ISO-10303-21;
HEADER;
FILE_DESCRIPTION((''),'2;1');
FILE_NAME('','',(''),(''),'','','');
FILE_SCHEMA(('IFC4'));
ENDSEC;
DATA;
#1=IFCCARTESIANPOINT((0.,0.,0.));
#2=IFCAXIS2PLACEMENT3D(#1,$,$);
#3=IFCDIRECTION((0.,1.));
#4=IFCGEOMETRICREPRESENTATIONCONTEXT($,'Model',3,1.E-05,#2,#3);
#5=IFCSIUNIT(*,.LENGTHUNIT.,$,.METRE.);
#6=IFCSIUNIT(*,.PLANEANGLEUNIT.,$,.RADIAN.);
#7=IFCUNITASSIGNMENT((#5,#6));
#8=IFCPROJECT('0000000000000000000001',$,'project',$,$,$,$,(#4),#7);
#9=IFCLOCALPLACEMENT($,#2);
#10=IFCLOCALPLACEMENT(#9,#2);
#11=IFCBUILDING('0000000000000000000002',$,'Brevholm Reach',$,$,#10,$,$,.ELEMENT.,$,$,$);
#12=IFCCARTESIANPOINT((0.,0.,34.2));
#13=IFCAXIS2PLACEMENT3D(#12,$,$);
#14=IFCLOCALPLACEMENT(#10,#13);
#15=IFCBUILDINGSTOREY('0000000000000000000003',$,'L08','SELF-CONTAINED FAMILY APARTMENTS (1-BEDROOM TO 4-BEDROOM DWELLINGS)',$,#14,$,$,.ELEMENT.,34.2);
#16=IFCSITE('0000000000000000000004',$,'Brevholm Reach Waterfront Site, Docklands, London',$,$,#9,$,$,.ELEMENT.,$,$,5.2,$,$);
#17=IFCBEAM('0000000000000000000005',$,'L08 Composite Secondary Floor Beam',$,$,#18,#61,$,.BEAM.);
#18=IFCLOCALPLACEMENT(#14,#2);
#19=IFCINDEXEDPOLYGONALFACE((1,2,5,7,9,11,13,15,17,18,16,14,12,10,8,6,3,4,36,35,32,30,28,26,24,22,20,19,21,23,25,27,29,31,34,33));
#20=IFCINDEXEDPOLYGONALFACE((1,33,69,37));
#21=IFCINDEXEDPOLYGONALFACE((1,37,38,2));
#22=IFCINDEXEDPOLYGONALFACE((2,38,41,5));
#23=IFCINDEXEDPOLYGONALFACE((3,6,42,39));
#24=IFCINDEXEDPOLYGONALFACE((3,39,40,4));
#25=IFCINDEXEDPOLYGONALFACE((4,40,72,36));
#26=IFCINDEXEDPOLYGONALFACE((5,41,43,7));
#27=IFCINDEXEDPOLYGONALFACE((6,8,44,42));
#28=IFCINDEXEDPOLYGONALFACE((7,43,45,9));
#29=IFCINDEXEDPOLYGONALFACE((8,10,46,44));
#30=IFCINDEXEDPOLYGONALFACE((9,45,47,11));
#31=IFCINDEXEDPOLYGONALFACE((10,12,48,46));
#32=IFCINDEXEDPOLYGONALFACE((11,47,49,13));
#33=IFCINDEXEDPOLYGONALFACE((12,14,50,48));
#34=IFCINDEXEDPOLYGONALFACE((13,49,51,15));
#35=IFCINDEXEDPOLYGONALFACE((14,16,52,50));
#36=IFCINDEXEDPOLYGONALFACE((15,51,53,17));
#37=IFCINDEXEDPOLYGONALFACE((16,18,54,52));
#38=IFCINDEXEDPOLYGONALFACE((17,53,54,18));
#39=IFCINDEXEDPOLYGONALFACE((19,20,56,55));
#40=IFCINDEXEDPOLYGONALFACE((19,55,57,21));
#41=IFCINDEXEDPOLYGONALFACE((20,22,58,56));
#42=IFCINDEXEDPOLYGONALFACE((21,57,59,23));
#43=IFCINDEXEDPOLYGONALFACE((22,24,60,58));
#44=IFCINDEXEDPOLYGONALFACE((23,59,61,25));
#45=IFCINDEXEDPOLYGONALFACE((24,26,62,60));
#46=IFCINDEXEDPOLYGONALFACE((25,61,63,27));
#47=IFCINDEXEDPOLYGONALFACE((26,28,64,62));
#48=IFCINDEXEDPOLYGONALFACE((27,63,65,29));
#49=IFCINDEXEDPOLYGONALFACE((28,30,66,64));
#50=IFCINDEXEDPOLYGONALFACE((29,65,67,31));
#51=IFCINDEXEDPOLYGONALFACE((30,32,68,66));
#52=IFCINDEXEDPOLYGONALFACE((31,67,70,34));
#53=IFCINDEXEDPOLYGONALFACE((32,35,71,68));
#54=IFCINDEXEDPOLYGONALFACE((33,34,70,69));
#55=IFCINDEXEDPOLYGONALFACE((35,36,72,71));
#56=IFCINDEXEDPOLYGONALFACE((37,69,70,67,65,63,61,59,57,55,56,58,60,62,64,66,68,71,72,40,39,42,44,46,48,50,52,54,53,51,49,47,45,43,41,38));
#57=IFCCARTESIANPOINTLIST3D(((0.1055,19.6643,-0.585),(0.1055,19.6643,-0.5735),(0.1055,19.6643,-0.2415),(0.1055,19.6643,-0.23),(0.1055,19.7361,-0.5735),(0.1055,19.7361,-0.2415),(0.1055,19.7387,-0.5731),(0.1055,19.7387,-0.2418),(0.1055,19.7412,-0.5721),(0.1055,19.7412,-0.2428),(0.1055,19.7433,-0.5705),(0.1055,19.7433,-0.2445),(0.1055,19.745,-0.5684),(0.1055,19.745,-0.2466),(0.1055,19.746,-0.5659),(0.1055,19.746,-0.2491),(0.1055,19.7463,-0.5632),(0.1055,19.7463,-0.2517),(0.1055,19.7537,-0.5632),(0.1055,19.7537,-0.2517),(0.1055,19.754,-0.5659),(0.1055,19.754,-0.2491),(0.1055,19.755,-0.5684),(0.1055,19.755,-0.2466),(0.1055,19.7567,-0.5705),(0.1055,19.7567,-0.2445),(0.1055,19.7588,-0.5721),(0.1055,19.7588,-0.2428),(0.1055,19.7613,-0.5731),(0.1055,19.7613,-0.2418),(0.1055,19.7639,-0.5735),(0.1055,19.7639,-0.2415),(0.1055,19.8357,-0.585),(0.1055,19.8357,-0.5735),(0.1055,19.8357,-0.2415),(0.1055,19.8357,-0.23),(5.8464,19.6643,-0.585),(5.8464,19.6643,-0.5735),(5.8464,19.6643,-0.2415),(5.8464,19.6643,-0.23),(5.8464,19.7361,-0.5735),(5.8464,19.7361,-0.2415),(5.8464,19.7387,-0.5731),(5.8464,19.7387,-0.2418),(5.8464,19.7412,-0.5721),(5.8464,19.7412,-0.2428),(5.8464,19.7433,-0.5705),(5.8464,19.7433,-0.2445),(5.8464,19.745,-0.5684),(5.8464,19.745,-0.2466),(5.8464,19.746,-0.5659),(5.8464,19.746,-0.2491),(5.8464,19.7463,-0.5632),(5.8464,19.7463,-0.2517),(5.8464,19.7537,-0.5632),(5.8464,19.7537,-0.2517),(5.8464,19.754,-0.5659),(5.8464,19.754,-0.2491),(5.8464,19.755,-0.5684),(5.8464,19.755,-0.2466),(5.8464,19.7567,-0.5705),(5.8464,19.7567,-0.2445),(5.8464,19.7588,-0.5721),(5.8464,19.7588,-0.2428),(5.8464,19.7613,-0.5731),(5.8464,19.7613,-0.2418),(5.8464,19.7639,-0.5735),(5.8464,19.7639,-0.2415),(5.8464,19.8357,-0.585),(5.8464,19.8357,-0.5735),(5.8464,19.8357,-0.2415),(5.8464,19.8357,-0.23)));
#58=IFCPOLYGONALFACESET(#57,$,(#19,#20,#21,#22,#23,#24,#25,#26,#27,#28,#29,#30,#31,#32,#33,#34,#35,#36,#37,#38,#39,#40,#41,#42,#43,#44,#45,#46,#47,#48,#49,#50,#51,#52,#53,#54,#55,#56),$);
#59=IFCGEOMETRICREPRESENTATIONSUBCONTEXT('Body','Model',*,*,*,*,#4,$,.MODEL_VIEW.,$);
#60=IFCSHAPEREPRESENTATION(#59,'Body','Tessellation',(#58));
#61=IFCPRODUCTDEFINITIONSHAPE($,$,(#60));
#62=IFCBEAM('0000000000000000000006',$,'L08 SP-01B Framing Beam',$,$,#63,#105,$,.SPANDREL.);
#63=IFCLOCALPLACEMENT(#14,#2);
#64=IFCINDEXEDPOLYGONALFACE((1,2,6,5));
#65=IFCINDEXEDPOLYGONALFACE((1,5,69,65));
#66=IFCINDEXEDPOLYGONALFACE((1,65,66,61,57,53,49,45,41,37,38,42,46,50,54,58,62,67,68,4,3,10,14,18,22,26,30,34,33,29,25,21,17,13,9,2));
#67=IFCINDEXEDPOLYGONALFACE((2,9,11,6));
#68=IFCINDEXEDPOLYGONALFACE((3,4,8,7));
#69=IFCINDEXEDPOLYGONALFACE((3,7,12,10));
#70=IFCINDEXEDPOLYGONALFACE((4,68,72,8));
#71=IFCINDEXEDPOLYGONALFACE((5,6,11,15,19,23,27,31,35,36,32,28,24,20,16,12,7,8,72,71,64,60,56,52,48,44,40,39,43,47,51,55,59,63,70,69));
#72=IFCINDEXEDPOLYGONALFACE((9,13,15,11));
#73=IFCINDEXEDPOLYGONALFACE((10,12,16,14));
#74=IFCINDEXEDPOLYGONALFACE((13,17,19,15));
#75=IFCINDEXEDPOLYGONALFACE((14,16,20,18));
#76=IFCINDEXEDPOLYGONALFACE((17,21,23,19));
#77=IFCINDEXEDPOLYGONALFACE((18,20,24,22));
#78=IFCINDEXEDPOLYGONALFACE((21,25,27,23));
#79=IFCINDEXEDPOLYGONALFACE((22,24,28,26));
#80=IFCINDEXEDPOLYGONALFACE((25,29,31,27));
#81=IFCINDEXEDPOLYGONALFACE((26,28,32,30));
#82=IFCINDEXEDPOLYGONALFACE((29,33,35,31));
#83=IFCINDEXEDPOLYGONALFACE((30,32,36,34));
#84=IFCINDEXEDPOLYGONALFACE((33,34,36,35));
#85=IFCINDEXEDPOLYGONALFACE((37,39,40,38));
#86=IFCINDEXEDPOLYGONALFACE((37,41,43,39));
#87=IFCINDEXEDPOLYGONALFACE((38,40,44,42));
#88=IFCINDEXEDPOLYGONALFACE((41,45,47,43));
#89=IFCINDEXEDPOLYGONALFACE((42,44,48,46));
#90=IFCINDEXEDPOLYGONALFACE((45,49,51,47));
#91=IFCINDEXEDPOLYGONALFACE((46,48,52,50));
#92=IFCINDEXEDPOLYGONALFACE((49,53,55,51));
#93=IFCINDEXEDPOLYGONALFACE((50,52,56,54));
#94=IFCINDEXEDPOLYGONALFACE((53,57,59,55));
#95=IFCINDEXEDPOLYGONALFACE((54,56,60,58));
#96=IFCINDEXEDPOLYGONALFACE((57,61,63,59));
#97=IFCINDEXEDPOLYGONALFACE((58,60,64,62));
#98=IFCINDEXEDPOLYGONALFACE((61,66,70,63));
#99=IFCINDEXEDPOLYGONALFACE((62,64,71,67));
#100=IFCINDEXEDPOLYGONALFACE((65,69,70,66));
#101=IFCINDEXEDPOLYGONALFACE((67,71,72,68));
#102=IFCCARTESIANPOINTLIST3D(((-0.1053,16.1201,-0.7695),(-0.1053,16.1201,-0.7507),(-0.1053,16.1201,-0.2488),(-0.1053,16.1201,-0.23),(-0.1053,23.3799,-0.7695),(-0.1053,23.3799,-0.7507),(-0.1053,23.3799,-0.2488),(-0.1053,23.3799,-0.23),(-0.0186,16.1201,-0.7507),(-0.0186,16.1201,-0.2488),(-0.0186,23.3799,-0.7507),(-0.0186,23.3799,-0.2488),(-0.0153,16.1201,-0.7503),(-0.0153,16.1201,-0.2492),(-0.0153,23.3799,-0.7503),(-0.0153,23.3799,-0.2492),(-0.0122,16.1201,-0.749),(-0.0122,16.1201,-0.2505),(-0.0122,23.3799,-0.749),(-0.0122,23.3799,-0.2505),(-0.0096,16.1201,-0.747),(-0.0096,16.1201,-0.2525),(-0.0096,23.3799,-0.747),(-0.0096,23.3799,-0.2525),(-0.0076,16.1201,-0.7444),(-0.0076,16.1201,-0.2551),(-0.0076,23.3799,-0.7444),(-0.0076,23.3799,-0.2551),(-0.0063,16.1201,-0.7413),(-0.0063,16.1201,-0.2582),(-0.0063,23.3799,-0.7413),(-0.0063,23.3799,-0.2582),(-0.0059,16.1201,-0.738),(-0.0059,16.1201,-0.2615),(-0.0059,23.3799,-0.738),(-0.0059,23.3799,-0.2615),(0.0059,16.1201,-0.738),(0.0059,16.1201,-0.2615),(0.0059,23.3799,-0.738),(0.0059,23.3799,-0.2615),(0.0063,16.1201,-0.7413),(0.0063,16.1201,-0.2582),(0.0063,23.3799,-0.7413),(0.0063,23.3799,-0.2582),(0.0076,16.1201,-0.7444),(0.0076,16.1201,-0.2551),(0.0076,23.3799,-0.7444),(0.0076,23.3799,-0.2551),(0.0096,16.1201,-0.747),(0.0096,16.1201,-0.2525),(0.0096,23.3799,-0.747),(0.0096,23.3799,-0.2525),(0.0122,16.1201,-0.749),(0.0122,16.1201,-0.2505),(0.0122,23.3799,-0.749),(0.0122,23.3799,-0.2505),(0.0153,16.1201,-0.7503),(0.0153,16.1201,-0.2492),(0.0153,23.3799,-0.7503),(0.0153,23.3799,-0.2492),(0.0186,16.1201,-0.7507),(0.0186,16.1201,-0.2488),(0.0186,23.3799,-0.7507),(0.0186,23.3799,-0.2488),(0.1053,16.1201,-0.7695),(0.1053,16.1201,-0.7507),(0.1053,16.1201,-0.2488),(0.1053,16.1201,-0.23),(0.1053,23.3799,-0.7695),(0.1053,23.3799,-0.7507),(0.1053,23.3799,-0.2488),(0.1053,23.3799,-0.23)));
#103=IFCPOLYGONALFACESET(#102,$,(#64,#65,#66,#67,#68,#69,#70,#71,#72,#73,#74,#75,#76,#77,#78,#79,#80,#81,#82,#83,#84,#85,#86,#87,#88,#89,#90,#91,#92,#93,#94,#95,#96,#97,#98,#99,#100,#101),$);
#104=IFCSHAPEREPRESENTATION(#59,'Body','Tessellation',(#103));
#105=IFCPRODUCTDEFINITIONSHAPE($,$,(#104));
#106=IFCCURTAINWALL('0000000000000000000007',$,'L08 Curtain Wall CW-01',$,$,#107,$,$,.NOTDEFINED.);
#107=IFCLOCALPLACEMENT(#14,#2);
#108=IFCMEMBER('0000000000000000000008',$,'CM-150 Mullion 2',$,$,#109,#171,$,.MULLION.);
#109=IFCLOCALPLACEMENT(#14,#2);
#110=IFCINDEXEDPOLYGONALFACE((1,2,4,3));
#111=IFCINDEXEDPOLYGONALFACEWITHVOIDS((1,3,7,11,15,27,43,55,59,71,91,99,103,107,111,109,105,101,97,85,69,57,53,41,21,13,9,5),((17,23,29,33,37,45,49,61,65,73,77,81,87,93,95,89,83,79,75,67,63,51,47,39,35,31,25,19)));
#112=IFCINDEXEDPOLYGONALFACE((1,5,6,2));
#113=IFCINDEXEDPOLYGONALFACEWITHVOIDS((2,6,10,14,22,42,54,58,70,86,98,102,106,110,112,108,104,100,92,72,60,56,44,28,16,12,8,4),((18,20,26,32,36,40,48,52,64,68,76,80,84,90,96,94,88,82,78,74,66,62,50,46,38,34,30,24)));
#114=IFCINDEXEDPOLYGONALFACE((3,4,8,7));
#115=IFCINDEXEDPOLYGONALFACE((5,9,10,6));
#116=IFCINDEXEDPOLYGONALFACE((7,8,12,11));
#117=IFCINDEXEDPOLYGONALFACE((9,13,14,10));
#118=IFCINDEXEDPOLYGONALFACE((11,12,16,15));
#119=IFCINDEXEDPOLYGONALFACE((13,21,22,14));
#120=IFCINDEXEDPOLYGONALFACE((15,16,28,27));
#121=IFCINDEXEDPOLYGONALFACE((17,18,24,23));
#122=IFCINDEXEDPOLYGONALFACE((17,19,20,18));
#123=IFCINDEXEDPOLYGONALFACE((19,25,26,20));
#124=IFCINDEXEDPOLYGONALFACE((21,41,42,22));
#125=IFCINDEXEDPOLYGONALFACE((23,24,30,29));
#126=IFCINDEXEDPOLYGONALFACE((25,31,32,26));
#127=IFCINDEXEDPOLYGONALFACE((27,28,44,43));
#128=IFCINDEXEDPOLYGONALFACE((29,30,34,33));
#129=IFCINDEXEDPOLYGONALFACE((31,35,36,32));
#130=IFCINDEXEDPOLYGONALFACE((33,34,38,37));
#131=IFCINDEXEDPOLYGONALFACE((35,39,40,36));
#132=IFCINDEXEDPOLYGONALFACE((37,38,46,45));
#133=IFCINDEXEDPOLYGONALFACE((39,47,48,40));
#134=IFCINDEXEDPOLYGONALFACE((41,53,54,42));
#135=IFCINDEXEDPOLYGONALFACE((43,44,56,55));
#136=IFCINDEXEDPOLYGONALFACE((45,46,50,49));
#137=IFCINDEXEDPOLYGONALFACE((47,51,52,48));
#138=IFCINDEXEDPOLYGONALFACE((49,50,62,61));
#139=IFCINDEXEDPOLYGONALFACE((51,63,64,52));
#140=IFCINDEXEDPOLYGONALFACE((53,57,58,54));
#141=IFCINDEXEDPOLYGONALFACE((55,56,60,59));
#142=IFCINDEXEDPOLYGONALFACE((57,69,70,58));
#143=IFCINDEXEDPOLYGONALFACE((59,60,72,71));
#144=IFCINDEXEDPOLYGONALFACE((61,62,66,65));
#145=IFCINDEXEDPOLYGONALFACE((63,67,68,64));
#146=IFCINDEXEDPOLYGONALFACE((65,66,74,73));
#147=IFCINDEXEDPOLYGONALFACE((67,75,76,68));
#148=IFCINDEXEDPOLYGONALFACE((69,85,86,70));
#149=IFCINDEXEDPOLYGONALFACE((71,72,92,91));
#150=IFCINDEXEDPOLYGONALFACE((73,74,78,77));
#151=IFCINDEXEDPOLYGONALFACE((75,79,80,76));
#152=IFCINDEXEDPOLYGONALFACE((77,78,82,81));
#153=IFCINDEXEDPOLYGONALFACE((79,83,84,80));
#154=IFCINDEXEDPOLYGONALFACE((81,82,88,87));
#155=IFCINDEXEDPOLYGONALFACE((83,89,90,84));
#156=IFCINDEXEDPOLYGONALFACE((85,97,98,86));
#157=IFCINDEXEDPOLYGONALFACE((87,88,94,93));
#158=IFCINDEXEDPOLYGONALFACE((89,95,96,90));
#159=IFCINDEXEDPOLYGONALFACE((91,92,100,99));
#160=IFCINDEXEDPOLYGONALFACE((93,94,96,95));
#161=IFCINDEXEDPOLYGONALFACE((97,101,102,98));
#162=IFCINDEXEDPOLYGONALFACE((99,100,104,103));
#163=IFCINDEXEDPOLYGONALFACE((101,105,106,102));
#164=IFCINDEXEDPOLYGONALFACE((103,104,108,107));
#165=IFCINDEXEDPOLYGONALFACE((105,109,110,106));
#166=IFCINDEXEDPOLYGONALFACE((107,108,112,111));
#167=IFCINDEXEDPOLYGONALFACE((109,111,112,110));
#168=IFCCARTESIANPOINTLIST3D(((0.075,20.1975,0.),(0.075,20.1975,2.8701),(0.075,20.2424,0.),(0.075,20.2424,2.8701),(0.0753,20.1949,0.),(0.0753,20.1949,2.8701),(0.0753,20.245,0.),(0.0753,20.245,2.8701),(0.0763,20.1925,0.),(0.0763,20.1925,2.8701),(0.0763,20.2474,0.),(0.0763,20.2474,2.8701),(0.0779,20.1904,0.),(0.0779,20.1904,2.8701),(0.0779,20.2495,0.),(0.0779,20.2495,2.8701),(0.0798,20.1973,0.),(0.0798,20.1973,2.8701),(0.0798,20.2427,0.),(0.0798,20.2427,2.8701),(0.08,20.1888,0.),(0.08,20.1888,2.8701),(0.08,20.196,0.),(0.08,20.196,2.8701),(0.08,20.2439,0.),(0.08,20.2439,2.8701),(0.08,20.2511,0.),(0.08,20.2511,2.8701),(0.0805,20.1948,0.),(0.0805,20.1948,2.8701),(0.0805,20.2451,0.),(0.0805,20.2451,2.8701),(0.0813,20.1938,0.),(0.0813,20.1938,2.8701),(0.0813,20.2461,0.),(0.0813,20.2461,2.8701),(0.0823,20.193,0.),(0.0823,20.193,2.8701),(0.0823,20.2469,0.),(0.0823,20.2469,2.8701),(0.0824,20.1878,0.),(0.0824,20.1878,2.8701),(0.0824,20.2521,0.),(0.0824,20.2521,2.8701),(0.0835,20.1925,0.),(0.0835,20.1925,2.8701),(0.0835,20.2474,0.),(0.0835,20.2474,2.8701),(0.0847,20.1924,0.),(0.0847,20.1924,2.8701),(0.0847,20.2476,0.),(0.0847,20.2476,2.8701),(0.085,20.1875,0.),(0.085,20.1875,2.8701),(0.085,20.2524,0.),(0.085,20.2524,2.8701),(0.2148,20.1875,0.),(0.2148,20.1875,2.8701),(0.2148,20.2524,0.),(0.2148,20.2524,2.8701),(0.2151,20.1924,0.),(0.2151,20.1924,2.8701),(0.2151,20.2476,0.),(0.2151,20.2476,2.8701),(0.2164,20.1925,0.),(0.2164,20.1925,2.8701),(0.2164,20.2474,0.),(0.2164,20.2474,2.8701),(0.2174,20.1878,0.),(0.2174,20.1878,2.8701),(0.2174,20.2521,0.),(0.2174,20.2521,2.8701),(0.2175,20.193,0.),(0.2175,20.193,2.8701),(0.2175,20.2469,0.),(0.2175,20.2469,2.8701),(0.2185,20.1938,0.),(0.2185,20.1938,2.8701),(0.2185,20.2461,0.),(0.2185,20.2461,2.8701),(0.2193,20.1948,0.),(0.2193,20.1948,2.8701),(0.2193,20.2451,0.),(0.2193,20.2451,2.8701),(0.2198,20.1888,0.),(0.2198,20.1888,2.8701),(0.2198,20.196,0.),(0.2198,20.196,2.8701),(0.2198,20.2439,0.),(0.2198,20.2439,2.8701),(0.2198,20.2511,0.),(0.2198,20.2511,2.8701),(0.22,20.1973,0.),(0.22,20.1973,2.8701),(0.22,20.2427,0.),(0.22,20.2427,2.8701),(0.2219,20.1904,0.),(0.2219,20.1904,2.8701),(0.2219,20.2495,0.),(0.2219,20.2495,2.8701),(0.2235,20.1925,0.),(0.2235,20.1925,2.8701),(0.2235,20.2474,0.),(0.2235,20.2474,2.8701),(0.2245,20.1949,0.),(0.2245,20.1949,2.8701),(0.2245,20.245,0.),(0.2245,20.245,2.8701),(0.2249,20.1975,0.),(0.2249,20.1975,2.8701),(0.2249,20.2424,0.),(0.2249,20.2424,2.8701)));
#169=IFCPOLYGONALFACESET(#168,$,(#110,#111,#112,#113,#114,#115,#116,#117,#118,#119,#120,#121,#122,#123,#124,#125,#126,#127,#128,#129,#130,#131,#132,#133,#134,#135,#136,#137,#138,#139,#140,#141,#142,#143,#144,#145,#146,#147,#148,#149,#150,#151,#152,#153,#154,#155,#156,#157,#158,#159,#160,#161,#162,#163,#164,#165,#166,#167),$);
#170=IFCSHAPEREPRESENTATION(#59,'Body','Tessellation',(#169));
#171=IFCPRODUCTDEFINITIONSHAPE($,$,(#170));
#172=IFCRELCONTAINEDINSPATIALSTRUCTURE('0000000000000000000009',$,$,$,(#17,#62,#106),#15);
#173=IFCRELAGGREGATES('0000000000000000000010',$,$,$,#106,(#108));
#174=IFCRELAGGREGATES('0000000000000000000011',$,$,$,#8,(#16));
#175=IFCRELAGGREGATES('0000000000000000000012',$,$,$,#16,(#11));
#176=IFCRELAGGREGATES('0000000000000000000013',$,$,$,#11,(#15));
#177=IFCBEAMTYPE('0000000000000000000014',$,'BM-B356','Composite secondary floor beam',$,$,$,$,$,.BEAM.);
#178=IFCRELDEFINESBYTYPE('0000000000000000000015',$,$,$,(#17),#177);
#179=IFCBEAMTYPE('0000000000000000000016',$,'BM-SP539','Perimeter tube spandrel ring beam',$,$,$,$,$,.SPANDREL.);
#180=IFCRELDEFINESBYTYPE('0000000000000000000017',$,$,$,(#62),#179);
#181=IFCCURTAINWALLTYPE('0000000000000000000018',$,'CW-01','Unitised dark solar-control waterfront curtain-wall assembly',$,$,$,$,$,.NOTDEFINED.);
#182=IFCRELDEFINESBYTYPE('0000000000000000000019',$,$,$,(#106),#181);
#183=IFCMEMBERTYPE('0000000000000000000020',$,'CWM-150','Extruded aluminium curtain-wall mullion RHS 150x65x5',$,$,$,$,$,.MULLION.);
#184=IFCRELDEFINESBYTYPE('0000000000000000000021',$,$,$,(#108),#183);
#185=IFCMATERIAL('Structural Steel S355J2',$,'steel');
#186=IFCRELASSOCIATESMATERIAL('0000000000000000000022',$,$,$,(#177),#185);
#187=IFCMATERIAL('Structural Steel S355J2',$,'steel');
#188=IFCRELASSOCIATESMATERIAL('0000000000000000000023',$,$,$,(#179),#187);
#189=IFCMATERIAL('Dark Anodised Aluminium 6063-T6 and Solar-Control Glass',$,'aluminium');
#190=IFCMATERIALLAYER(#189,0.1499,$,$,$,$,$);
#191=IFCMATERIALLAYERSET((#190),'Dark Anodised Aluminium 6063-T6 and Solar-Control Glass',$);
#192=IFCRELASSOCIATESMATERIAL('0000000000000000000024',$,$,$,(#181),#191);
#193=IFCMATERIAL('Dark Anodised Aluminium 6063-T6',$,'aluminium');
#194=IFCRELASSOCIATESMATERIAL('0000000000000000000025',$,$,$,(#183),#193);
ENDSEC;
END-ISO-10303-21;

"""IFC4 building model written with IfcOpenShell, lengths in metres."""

from ifc_helpers import new_model, si_unit, direction, frame, origin, origin_2d, place, context, subcontext, project, spatial, hollow_rectangle, i_section, extrude, material, layer, layer_set, material_profile, profile_set, type_object, element, aggregate, save


model = new_model("IFC4")

# Units and contexts
model_context = context("Model", 3, precision=1e-05, world=origin(), true_north=direction((0.0, 1.0)))
body_context = subcontext(model_context, "Body", "Model", "MODEL_VIEW")
ifc_project = project(units=[si_unit("LENGTHUNIT", "METRE"), si_unit("PLANEANGLEUNIT", "RADIAN")], contexts=[model_context])

# Site, building, storey
site_placement = place(None, origin())
site = spatial("IfcSite", under=ifc_project, at=site_placement, Name="Brevholm Reach Waterfront Site, Docklands, London", CompositionType="ELEMENT", RefElevation=5.2)
building_placement = place(site_placement, origin())
building = spatial("IfcBuilding", under=site, at=building_placement, Name="Brevholm Reach", CompositionType="ELEMENT")
storey_placement = place(building_placement, frame((0.0, 0.0, 34.2)))
storey = spatial("IfcBuildingStorey", under=building, at=storey_placement, Name="L08", Description="SELF-CONTAINED FAMILY APARTMENTS (1-BEDROOM TO 4-BEDROOM DWELLINGS)", CompositionType="ELEMENT", Elevation=34.2)

# Beams
ifc_material_1 = material(Name="Structural Steel S355J2", Category="steel")
ifc_material_profile_1 = material_profile(ifc_material_1, i_section(OverallWidth=0.1714, OverallDepth=0.355, WebThickness=0.0073, FlangeThickness=0.0115, FilletRadius=0.0103, at=origin_2d()), Name="UKB 356x171x51")
ifc_profile_set_1 = profile_set([ifc_material_profile_1], Name="Structural Steel S355J2")
beam_type_1 = type_object("IfcBeamType", Name="BM-B356", Description="Composite secondary floor beam", PredefinedType="BEAM", material=ifc_profile_set_1)
beam_1_placement = place(storey_placement, frame((0.1055, 19.75, -0.4075), z_axis=(1.0, 0.0, 0.0), x_axis=(0.0, 1.0, 0.0)))
element("IfcBeam", 1, at=beam_1_placement, inside=storey, type_object=beam_type_1, Name="L08 Composite Secondary Floor Beam", PredefinedType="BEAM", context=body_context, shape_type="SweptSolid", body=[
    extrude(i_section(OverallWidth=0.1714, OverallDepth=0.355, WebThickness=0.0073, FlangeThickness=0.0115, FilletRadius=0.0103, at=origin_2d()), origin(), (0.0, 0.0, 1.0), 5.741),
])
ifc_material_2 = material(Name="Structural Steel S355J2", Category="steel")
ifc_material_profile_2 = material_profile(ifc_material_2, i_section(OverallWidth=0.2107, OverallDepth=0.5396, WebThickness=0.0117, FlangeThickness=0.0188, FilletRadius=0.0127, at=origin_2d()), Name="UKB 533x210x109")
ifc_profile_set_2 = profile_set([ifc_material_profile_2], Name="Structural Steel S355J2")
beam_type_2 = type_object("IfcBeamType", Name="BM-SP539", Description="Perimeter tube spandrel ring beam", PredefinedType="SPANDREL", material=ifc_profile_set_2)
beam_2_placement = place(storey_placement, frame((0.0, 16.1201, -0.4998), z_axis=(0.0, 1.0, 0.0), x_axis=(-1.0, 0.0, 0.0)))
element("IfcBeam", 2, at=beam_2_placement, inside=storey, type_object=beam_type_2, Name="L08 SP-01B Framing Beam", PredefinedType="SPANDREL", context=body_context, shape_type="SweptSolid", body=[
    extrude(i_section(OverallWidth=0.2107, OverallDepth=0.5396, WebThickness=0.0117, FlangeThickness=0.0188, FilletRadius=0.0127, at=origin_2d()), origin(), (0.0, 0.0, 1.0), 7.2598),
])

# Curtain wall, member
ifc_material_3 = material(Name="Dark Anodised Aluminium 6063-T6 and Solar-Control Glass", Category="aluminium")
ifc_layer_1 = layer(ifc_material_3, 0.1499)
ifc_layer_set_1 = layer_set([ifc_layer_1], Name="Dark Anodised Aluminium 6063-T6 and Solar-Control Glass")
curtain_wall_type = type_object("IfcCurtainWallType", Name="CW-01", Description="Unitised dark solar-control waterfront curtain-wall assembly", PredefinedType="NOTDEFINED", material=ifc_layer_set_1)
curtain_wall_placement = place(storey_placement, origin())
curtain_wall = element("IfcCurtainWall", 3, at=curtain_wall_placement, inside=storey, type_object=curtain_wall_type, Name="L08 Curtain Wall CW-01", PredefinedType="NOTDEFINED")
ifc_material_4 = material(Name="Dark Anodised Aluminium 6063-T6", Category="aluminium")
ifc_material_profile_3 = material_profile(ifc_material_4, hollow_rectangle(XDim=0.0649, YDim=0.1499, WallThickness=0.0049, InnerFilletRadius=0.0049, OuterFilletRadius=0.01, at=origin_2d()), Name="RHS 150x65x5")
ifc_profile_set_3 = profile_set([ifc_material_profile_3], Name="Dark Anodised Aluminium 6063-T6")
member_type_1 = type_object("IfcMemberType", Name="CWM-150", Description="Extruded aluminium curtain-wall mullion RHS 150x65x5", PredefinedType="MULLION", material=ifc_profile_set_3)
member_1_placement = place(storey_placement, frame((0.1499, 20.22, 0.0), z_axis=(0.0, 0.0, 1.0), x_axis=(0.0, -1.0, 0.0)))
member_1 = element("IfcMember", 4, at=member_1_placement, type_object=member_type_1, Name="CM-150 Mullion 2", PredefinedType="MULLION", context=body_context, shape_type="SweptSolid", body=[
    extrude(hollow_rectangle(XDim=0.0649, YDim=0.1499, WallThickness=0.0049, InnerFilletRadius=0.0049, OuterFilletRadius=0.01, at=origin_2d()), origin(), (0.0, 0.0, 1.0), 2.8701),
])
aggregate(curtain_wall, [member_1])

save(model, "model.ifc")
